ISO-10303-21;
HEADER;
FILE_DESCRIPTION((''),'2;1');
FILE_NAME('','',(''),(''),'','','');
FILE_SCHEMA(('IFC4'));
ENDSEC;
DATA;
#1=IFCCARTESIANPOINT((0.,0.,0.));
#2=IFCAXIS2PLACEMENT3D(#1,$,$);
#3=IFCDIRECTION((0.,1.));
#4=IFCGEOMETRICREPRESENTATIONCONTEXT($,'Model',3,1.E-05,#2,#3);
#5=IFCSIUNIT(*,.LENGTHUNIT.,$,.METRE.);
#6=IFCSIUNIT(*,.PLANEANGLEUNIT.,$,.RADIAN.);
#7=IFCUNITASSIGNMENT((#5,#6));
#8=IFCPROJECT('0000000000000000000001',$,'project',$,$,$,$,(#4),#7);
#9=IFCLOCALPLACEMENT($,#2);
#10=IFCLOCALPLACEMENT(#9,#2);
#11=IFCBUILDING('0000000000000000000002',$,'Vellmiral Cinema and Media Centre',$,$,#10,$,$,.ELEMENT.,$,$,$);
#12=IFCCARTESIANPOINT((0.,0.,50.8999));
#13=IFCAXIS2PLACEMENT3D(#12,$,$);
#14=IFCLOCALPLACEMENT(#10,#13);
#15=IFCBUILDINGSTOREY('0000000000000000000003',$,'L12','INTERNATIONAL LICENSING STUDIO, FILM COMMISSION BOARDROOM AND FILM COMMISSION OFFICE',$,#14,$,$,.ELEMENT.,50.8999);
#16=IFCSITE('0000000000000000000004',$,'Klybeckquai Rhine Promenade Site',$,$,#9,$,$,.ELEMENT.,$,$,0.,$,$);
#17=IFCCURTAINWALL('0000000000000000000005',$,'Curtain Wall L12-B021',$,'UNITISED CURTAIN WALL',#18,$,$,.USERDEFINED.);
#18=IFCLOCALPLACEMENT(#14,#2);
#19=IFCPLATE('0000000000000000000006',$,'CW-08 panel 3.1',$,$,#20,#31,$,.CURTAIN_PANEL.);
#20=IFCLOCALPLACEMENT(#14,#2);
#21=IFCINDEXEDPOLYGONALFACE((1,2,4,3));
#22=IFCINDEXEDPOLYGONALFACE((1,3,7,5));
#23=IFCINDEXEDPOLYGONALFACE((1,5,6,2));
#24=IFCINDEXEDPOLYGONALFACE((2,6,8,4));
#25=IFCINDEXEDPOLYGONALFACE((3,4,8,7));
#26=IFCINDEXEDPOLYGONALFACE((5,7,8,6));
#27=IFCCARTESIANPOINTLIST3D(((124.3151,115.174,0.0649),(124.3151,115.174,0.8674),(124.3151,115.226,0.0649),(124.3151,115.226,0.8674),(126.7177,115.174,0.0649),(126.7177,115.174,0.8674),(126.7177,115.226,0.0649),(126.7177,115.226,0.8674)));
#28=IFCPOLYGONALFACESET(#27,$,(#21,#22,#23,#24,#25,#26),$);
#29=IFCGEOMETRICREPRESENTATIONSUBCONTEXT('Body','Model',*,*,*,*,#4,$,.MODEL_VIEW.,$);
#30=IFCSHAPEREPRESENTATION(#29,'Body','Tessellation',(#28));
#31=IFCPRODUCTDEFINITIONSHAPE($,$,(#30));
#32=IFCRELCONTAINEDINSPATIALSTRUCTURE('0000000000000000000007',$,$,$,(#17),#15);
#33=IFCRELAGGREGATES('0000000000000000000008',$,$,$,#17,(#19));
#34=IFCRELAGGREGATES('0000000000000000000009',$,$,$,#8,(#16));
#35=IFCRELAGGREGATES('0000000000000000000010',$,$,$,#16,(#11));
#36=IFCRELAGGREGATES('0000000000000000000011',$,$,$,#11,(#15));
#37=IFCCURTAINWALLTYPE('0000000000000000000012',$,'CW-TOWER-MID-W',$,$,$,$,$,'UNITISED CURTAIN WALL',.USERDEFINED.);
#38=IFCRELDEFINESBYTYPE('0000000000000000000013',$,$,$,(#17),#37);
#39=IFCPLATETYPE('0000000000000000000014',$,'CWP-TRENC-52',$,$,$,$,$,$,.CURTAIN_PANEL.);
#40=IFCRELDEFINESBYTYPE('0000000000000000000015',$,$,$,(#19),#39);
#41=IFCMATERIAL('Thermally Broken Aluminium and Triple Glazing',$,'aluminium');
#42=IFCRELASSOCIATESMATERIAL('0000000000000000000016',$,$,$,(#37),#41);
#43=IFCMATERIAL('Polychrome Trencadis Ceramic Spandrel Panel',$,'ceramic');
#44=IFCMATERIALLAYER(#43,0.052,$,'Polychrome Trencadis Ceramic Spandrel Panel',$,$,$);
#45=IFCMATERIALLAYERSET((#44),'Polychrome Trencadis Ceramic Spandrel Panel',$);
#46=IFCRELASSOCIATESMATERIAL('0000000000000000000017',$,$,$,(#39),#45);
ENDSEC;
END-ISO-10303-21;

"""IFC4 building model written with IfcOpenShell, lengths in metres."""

from ifc_helpers import new_model, si_unit, direction, frame, origin, origin_2d, place, context, subcontext, project, spatial, rectangle, extrude, material, layer, layer_set, type_object, element, aggregate, save


model = new_model("IFC4")

# Units and contexts
model_context = context("Model", 3, precision=1e-05, world=origin(), true_north=direction((0.0, 1.0)))
body_context = subcontext(model_context, "Body", "Model", "MODEL_VIEW")
ifc_project = project(units=[si_unit("LENGTHUNIT", "METRE"), si_unit("PLANEANGLEUNIT", "RADIAN")], contexts=[model_context])

# Site, building, storey
site_placement = place(None, origin())
site = spatial("IfcSite", under=ifc_project, at=site_placement, Name="Klybeckquai Rhine Promenade Site", CompositionType="ELEMENT", RefElevation=0.0)
building_placement = place(site_placement, origin())
building = spatial("IfcBuilding", under=site, at=building_placement, Name="Vellmiral Cinema and Media Centre", CompositionType="ELEMENT")
storey_placement = place(building_placement, frame((0.0, 0.0, 50.8999)))
storey = spatial("IfcBuildingStorey", under=building, at=storey_placement, Name="L12", Description="INTERNATIONAL LICENSING STUDIO, FILM COMMISSION BOARDROOM AND FILM COMMISSION OFFICE", CompositionType="ELEMENT", Elevation=50.8999)

# Curtain wall
ifc_material_1 = material(Name="Thermally Broken Aluminium and Triple Glazing", Category="aluminium")
curtain_wall_type = type_object("IfcCurtainWallType", Name="CW-TOWER-MID-W", ElementType="UNITISED CURTAIN WALL", PredefinedType="USERDEFINED", material=ifc_material_1)
curtain_wall_placement = place(storey_placement, origin())
curtain_wall = element("IfcCurtainWall", 1, at=curtain_wall_placement, inside=storey, type_object=curtain_wall_type, Name="Curtain Wall L12-B021", ObjectType="UNITISED CURTAIN WALL", PredefinedType="USERDEFINED")

# Plate
ifc_material_2 = material(Name="Polychrome Trencadis Ceramic Spandrel Panel", Category="ceramic")
ifc_layer_1 = layer(ifc_material_2, 0.052, Name="Polychrome Trencadis Ceramic Spandrel Panel")
ifc_layer_set_1 = layer_set([ifc_layer_1], Name="Polychrome Trencadis Ceramic Spandrel Panel")
plate_type_1 = type_object("IfcPlateType", Name="CWP-TRENC-52", PredefinedType="CURTAIN_PANEL", material=ifc_layer_set_1)
plate_1_placement = place(storey_placement, frame((125.5164, 115.2, 0.0649), z_axis=(0.0, 0.0, 1.0), x_axis=(-1.0, 0.0, 0.0)))
plate_1 = element("IfcPlate", 2, at=plate_1_placement, type_object=plate_type_1, Name="CW-08 panel 3.1", PredefinedType="CURTAIN_PANEL", context=body_context, shape_type="SweptSolid", body=[
    extrude(rectangle(XDim=2.4026, YDim=0.052, at=origin_2d()), origin(), (0.0, 0.0, 1.0), 0.8025),
])
aggregate(curtain_wall, [plate_1])

save(model, "model.ifc")
